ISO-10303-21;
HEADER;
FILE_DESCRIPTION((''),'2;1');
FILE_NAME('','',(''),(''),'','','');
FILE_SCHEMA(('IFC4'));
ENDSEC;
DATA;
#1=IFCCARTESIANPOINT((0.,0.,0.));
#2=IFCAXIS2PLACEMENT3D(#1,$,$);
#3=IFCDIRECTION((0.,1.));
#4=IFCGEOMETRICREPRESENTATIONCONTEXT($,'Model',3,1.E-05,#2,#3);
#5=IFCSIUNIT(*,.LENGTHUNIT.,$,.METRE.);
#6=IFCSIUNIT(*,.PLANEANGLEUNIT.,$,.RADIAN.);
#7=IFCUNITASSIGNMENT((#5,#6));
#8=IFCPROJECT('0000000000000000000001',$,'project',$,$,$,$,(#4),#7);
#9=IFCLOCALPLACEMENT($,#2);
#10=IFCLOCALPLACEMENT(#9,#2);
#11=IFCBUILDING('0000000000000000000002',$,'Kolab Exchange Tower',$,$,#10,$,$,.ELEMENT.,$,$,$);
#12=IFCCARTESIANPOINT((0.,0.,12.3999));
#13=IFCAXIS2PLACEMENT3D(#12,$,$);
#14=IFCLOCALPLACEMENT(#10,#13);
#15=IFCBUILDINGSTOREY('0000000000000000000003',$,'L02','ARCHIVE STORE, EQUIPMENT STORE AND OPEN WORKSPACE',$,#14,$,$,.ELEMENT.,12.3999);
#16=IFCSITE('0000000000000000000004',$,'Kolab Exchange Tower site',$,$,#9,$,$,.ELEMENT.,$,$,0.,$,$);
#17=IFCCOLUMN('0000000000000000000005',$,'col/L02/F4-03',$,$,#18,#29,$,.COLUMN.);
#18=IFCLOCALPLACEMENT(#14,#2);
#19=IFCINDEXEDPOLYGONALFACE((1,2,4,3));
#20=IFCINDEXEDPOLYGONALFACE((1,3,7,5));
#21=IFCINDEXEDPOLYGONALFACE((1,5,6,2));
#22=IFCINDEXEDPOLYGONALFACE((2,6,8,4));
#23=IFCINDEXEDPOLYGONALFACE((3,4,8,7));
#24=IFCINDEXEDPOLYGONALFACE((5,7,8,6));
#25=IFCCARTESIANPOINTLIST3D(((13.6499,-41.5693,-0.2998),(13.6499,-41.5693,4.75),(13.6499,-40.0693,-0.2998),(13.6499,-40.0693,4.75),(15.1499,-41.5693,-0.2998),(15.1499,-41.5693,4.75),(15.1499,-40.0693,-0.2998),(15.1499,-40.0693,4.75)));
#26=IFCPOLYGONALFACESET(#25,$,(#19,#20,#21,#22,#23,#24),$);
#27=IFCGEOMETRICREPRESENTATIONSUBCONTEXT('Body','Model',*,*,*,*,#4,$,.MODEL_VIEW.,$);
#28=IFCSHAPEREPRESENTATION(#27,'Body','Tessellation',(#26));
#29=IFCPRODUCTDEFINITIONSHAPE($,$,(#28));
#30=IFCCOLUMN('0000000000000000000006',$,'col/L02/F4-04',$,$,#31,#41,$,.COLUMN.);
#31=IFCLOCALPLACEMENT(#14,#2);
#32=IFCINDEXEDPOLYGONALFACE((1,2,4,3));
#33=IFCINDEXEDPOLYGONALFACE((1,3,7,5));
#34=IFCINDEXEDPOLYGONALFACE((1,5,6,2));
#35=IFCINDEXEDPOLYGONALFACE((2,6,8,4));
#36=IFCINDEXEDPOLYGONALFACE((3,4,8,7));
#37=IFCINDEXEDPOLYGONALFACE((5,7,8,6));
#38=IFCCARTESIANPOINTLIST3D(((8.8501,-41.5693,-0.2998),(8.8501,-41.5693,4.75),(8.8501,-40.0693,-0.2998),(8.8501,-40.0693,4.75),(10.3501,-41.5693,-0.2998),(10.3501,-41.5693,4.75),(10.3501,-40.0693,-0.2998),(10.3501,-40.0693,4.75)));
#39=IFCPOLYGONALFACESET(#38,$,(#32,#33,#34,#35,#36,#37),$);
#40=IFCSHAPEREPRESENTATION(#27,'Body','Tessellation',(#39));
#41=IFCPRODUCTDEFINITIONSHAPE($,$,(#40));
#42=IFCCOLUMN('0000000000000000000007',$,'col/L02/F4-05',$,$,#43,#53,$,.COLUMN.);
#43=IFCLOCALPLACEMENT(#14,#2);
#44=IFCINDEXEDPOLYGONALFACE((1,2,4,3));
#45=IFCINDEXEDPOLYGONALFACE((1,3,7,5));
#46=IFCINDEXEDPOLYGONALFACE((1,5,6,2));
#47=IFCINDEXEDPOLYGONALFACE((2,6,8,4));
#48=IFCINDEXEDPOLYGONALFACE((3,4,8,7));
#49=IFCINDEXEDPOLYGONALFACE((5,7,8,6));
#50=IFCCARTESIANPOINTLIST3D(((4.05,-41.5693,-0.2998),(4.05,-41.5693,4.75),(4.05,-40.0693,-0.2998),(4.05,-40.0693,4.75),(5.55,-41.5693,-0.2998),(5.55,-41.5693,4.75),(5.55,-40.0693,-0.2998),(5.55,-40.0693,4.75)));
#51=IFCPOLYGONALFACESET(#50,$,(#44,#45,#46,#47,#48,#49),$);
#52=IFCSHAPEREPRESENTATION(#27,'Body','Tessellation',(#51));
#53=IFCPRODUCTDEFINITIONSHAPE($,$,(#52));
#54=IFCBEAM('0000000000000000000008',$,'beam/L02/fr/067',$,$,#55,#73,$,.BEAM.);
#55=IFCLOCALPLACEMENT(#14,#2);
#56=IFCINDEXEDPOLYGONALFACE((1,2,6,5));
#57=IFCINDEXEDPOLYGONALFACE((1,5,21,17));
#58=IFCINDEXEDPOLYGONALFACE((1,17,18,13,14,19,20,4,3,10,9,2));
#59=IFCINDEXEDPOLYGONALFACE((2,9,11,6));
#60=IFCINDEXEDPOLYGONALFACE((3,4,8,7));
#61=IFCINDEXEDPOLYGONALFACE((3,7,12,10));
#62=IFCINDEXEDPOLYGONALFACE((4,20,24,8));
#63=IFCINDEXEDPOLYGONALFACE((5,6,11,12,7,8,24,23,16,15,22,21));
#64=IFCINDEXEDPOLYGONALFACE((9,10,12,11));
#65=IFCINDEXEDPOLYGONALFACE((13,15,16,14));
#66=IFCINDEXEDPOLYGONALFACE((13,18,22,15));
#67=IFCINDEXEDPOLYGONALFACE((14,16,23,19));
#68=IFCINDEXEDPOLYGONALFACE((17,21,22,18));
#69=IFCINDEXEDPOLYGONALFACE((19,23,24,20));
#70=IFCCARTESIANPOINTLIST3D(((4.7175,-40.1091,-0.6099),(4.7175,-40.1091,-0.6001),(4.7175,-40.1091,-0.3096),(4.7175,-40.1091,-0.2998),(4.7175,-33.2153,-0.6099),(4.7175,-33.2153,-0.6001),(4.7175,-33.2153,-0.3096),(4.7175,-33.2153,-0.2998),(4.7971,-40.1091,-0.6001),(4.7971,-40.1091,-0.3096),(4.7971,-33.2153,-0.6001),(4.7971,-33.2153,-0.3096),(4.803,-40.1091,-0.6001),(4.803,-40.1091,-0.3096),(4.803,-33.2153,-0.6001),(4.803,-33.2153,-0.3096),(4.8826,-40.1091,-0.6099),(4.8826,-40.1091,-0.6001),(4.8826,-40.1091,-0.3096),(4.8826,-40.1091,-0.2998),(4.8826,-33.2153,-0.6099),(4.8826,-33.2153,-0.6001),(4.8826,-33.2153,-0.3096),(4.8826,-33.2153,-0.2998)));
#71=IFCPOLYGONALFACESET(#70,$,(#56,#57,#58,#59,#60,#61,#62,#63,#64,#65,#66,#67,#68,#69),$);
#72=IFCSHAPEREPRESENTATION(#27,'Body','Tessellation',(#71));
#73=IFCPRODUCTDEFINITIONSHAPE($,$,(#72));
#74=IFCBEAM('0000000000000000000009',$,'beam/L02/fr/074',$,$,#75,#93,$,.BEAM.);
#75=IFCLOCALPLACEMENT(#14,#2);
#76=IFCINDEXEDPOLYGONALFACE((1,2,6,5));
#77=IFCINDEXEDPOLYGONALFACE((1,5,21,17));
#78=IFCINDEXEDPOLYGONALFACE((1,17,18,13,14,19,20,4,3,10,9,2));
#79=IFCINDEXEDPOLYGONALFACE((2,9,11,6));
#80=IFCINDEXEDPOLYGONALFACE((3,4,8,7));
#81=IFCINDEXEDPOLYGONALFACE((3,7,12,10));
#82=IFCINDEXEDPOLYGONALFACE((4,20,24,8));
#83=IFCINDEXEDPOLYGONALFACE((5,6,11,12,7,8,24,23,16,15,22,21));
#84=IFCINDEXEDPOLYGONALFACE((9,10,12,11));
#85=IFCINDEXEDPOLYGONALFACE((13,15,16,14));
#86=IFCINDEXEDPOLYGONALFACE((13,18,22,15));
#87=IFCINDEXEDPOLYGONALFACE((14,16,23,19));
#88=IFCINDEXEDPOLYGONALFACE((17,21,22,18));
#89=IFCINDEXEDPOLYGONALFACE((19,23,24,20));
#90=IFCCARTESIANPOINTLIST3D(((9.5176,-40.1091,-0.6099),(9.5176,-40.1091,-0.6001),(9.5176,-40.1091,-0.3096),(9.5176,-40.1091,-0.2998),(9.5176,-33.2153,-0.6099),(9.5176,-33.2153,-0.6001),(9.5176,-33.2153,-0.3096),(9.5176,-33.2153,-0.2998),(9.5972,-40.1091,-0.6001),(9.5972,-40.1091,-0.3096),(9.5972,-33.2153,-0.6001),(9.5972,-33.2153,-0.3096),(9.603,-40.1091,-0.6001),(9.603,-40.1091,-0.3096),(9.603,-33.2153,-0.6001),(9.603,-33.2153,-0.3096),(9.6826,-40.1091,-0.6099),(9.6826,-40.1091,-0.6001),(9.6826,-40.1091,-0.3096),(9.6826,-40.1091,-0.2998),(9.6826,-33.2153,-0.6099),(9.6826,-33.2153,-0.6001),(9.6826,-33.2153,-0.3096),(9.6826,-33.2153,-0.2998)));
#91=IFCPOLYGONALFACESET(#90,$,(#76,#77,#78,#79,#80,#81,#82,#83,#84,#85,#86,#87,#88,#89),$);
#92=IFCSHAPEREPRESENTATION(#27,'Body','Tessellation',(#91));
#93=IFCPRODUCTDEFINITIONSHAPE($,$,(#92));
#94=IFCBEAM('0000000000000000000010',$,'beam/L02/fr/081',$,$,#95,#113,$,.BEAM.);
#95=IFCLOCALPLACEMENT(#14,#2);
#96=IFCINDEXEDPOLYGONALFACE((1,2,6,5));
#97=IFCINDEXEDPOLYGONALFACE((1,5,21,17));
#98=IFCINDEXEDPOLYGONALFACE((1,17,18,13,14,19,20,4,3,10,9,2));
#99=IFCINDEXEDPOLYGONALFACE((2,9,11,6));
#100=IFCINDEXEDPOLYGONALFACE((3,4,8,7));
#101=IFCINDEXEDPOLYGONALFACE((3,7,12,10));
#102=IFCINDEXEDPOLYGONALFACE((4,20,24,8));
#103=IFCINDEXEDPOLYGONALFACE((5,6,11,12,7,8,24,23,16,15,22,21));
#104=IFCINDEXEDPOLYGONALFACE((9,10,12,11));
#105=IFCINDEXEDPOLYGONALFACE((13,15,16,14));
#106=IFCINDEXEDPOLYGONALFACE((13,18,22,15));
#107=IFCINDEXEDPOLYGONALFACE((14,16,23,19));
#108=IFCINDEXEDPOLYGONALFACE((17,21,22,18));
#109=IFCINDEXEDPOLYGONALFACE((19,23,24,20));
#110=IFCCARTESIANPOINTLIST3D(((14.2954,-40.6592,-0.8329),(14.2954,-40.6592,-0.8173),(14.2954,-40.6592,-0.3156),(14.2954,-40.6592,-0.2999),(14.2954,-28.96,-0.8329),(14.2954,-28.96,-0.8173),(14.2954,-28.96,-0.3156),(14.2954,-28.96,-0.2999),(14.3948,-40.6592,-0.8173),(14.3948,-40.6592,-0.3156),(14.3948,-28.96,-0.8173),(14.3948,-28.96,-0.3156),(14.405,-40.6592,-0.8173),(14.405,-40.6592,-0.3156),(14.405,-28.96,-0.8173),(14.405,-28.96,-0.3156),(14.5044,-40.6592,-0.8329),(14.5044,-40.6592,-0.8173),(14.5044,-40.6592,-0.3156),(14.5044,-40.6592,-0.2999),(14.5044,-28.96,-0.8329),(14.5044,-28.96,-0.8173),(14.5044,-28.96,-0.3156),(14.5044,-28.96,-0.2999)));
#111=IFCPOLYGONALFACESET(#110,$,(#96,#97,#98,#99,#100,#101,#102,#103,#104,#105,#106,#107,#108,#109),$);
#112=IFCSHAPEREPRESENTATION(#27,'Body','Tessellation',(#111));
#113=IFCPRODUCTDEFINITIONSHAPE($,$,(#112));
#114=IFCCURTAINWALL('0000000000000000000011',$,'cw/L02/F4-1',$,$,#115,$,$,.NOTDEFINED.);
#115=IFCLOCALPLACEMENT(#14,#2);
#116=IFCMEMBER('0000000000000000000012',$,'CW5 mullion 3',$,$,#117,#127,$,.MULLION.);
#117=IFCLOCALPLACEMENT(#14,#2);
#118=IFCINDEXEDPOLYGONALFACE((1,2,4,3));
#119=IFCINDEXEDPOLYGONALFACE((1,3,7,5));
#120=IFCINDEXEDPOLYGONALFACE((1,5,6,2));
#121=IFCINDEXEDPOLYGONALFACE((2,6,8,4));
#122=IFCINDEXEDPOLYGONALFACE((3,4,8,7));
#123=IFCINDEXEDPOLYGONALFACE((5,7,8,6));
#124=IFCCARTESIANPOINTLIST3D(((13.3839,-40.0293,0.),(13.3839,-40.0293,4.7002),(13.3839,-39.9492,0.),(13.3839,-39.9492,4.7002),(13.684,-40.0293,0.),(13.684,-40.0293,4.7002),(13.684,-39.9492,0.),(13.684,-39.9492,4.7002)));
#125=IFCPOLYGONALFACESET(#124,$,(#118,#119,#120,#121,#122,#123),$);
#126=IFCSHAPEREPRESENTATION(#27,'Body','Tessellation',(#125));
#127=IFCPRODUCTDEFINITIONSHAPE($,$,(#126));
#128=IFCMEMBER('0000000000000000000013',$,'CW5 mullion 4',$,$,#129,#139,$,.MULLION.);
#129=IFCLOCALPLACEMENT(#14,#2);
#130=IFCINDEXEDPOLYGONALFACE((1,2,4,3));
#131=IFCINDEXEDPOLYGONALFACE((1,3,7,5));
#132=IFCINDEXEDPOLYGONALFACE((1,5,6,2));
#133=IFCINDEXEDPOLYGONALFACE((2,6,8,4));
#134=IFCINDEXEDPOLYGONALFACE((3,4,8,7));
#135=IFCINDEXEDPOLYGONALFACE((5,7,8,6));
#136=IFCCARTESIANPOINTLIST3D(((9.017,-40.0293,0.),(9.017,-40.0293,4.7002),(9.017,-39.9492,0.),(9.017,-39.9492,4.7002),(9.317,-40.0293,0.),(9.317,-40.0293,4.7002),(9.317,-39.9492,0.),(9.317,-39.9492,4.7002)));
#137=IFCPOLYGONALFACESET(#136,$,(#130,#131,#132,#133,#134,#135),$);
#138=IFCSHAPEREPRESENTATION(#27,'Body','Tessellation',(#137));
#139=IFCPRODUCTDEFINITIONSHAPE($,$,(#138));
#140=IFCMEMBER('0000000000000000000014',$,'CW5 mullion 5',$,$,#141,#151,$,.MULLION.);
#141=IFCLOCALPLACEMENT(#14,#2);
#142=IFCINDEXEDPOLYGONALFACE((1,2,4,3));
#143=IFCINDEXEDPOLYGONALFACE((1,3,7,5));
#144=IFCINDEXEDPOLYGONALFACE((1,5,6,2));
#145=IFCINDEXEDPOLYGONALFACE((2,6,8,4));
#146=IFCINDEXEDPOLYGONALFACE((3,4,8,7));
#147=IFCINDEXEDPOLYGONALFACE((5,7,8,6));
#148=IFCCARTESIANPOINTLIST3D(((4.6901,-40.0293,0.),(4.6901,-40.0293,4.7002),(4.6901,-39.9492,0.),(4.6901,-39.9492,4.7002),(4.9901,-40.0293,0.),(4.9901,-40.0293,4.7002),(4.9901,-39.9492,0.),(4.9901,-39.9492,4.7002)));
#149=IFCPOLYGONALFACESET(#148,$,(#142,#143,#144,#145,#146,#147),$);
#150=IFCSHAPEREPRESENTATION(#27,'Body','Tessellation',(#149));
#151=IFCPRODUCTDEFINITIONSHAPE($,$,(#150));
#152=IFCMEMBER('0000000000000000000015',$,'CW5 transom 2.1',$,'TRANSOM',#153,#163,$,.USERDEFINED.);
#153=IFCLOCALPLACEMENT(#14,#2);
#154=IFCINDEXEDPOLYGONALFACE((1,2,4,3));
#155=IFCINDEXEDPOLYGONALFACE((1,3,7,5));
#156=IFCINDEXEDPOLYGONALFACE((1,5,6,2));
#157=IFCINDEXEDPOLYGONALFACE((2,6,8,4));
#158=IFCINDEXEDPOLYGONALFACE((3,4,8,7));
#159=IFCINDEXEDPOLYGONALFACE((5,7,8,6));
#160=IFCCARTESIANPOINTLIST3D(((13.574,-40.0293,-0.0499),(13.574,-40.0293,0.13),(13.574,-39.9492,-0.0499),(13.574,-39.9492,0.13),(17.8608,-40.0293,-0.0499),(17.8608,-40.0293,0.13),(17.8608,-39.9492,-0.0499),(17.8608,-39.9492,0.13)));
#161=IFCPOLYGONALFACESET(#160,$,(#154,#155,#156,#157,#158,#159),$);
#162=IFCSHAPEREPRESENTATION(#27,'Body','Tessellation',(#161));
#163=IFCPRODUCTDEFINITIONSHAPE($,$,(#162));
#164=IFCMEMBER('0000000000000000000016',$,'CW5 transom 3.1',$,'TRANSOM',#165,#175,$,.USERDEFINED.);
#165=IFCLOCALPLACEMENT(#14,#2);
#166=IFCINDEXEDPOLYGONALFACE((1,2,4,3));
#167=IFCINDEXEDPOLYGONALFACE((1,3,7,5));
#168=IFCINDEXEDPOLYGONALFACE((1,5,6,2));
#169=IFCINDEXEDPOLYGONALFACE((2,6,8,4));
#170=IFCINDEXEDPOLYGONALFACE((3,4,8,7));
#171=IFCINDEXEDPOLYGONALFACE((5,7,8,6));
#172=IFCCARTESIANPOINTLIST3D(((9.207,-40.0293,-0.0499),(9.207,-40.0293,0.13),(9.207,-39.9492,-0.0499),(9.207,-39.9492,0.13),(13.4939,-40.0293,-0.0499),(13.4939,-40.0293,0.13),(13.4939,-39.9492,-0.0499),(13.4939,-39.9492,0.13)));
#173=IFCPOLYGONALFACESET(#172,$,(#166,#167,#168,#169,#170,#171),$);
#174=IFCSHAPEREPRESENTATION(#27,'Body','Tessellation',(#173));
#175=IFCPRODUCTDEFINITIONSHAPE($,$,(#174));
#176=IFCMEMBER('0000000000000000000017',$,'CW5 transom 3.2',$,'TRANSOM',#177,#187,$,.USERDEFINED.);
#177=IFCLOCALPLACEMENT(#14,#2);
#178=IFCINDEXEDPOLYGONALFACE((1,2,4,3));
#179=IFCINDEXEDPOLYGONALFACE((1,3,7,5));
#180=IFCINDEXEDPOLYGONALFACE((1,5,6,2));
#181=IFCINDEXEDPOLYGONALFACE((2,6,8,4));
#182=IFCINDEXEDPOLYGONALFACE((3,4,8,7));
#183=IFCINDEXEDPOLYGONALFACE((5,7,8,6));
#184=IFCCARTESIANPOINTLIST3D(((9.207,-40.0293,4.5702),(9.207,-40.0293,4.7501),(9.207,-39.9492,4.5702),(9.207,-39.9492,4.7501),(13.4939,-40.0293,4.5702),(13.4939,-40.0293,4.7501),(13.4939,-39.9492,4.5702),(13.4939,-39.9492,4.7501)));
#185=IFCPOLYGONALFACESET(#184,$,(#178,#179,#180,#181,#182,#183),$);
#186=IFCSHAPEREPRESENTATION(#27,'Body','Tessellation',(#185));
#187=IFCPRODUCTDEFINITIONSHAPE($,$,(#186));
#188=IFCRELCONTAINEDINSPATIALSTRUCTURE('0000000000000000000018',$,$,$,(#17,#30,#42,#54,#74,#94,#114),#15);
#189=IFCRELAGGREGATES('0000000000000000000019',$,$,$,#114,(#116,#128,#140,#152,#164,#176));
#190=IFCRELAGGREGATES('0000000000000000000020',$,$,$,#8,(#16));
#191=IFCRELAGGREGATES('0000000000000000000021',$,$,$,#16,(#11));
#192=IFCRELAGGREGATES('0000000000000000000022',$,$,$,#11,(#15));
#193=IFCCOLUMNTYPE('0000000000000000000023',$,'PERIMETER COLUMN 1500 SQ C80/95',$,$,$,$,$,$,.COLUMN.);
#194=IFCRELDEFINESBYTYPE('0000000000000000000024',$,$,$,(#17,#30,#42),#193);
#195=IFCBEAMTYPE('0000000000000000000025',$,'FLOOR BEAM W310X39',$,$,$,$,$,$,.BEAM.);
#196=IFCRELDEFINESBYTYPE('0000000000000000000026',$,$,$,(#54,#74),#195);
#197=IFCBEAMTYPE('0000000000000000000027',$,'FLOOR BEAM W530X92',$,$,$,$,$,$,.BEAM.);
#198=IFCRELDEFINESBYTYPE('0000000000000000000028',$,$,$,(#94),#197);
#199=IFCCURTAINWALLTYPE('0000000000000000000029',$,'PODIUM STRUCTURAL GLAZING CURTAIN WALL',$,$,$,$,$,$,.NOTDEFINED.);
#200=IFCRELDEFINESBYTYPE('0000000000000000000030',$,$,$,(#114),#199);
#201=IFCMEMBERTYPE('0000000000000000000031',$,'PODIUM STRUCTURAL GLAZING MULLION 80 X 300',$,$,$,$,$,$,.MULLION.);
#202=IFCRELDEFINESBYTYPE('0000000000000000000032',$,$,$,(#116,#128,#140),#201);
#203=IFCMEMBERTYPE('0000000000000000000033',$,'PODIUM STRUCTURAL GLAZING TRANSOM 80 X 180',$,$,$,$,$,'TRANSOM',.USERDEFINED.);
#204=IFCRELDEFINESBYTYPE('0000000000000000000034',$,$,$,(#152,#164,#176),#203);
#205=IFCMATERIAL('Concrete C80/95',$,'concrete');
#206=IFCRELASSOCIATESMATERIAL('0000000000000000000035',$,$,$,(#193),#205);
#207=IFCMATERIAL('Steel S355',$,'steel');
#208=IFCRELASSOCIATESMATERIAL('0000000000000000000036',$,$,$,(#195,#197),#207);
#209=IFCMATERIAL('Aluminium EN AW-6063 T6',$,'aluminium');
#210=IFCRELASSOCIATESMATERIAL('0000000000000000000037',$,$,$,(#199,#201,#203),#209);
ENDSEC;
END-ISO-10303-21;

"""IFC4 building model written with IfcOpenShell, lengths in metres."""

from ifc_helpers import new_model, si_unit, direction, frame, origin, origin_2d, place, context, subcontext, project, spatial, rectangle, i_section, extrude, material, material_profile, profile_set, type_object, element, aggregate, save


model = new_model("IFC4")

# Units and contexts
model_context = context("Model", 3, precision=1e-05, world=origin(), true_north=direction((0.0, 1.0)))
body_context = subcontext(model_context, "Body", "Model", "MODEL_VIEW")
ifc_project = project(units=[si_unit("LENGTHUNIT", "METRE"), si_unit("PLANEANGLEUNIT", "RADIAN")], contexts=[model_context])

# Site, building, storey
site_placement = place(None, origin())
site = spatial("IfcSite", under=ifc_project, at=site_placement, Name="Kolab Exchange Tower site", CompositionType="ELEMENT", RefElevation=0.0)
building_placement = place(site_placement, origin())
building = spatial("IfcBuilding", under=site, at=building_placement, Name="Kolab Exchange Tower", CompositionType="ELEMENT")
storey_placement = place(building_placement, frame((0.0, 0.0, 12.3999)))
storey = spatial("IfcBuildingStorey", under=building, at=storey_placement, Name="L02", Description="ARCHIVE STORE, EQUIPMENT STORE AND OPEN WORKSPACE", CompositionType="ELEMENT", Elevation=12.3999)

# Columns
ifc_material_1 = material(Name="Concrete C80/95", Category="concrete")
ifc_material_profile_1 = material_profile(ifc_material_1, rectangle(XDim=1.5, YDim=1.5, at=origin_2d()), Name="RC1500")
ifc_profile_set_1 = profile_set([ifc_material_profile_1], Name="Concrete C80/95")
column_type = type_object("IfcColumnType", Name="PERIMETER COLUMN 1500 SQ C80/95", PredefinedType="COLUMN", material=ifc_profile_set_1)
for number, where, z_axis, x_axis, name in (
    (1, (14.3999, -40.8193, -0.2998), (0.0, 0.0, 1.0), (1.0, 0.0, 0.0), "col/L02/F4-03"),
    (2, (9.6001, -40.8193, -0.2998), (0.0, 0.0, 1.0), (1.0, 0.0, 0.0), "col/L02/F4-04"),
    (3, (4.8, -40.8193, -0.2998), (0.0, 0.0, 1.0), (1.0, 0.0, 0.0), "col/L02/F4-05"),
):
    element("IfcColumn", number, at=place(storey_placement, frame(where, z_axis=z_axis, x_axis=x_axis)), inside=storey, type_object=column_type, Name=name, PredefinedType="COLUMN", context=body_context, shape_type="SweptSolid", body=[
        extrude(rectangle(XDim=1.5, YDim=1.5, at=origin_2d()), origin(), (0.0, 0.0, 1.0), 5.0498),
    ])

# Beams
ifc_material_2 = material(Name="Steel S355", Category="steel")
ifc_material_profile_2 = material_profile(ifc_material_2, i_section(OverallWidth=0.165, OverallDepth=0.3101, WebThickness=0.0059, FlangeThickness=0.0098, at=origin_2d()), Name="W310X39")
ifc_profile_set_2 = profile_set([ifc_material_profile_2], Name="Steel S355")
beam_type_1 = type_object("IfcBeamType", Name="FLOOR BEAM W310X39", PredefinedType="BEAM", material=ifc_profile_set_2)
for number, where, z_axis, x_axis, name in (
    (4, (4.8, -40.1091, -0.4548), (0.0, 1.0, 0.0), (-1.0, 0.0, 0.0), "beam/L02/fr/067"),
    (5, (9.6001, -40.1091, -0.4548), (0.0, 1.0, 0.0), (-1.0, 0.0, 0.0), "beam/L02/fr/074"),
):
    element("IfcBeam", number, at=place(storey_placement, frame(where, z_axis=z_axis, x_axis=x_axis)), inside=storey, type_object=beam_type_1, Name=name, PredefinedType="BEAM", context=body_context, shape_type="SweptSolid", body=[
        extrude(i_section(OverallWidth=0.165, OverallDepth=0.3101, WebThickness=0.0059, FlangeThickness=0.0098, at=origin_2d()), origin(), (0.0, 0.0, 1.0), 6.8938),
    ])
ifc_material_profile_3 = material_profile(ifc_material_2, i_section(OverallWidth=0.209, OverallDepth=0.533, WebThickness=0.0103, FlangeThickness=0.0156, at=origin_2d()), Name="W530X92")
ifc_profile_set_3 = profile_set([ifc_material_profile_3], Name="Steel S355")
beam_type_2 = type_object("IfcBeamType", Name="FLOOR BEAM W530X92", PredefinedType="BEAM", material=ifc_profile_set_3)
beam_placement = place(storey_placement, frame((14.3999, -40.6592, -0.5664), z_axis=(0.0, 1.0, 0.0), x_axis=(-1.0, 0.0, 0.0)))
element("IfcBeam", 6, at=beam_placement, inside=storey, type_object=beam_type_2, Name="beam/L02/fr/081", PredefinedType="BEAM", context=body_context, shape_type="SweptSolid", body=[
    extrude(i_section(OverallWidth=0.209, OverallDepth=0.533, WebThickness=0.0103, FlangeThickness=0.0156, at=origin_2d()), origin(), (0.0, 0.0, 1.0), 11.6992),
])

# Curtain wall, members
ifc_material_3 = material(Name="Aluminium EN AW-6063 T6", Category="aluminium")
curtain_wall_type = type_object("IfcCurtainWallType", Name="PODIUM STRUCTURAL GLAZING CURTAIN WALL", PredefinedType="NOTDEFINED", material=ifc_material_3)
curtain_wall_placement = place(storey_placement, origin())
curtain_wall = element("IfcCurtainWall", 7, at=curtain_wall_placement, inside=storey, type_object=curtain_wall_type, Name="cw/L02/F4-1", PredefinedType="NOTDEFINED")
ifc_material_profile_4 = material_profile(ifc_material_3, rectangle(XDim=0.0801, YDim=0.3, at=origin_2d()), Name="RECT 80X300")
ifc_profile_set_4 = profile_set([ifc_material_profile_4], Name="Aluminium EN AW-6063 T6")
member_type_1 = type_object("IfcMemberType", Name="PODIUM STRUCTURAL GLAZING MULLION 80 X 300", PredefinedType="MULLION", material=ifc_profile_set_4)
member_1_placement = place(storey_placement, frame((13.5339, -39.9893, 0.0), z_axis=(0.0, 0.0, 1.0), x_axis=(0.0, -1.0, 0.0)))
member_1 = element("IfcMember", 8, at=member_1_placement, type_object=member_type_1, Name="CW5 mullion 3", PredefinedType="MULLION", context=body_context, shape_type="SweptSolid", body=[
    extrude(rectangle(XDim=0.0801, YDim=0.3, at=origin_2d()), origin(), (0.0, 0.0, 1.0), 4.7002),
])
member_2_placement = place(storey_placement, frame((9.167, -39.9893, 0.0), z_axis=(0.0, 0.0, 1.0), x_axis=(0.0, -1.0, 0.0)))
member_2 = element("IfcMember", 9, at=member_2_placement, type_object=member_type_1, Name="CW5 mullion 4", PredefinedType="MULLION", context=body_context, shape_type="SweptSolid", body=[
    extrude(rectangle(XDim=0.0801, YDim=0.3, at=origin_2d()), origin(), (0.0, 0.0, 1.0), 4.7002),
])
member_3_placement = place(storey_placement, frame((4.8401, -39.9893, 0.0), z_axis=(0.0, 0.0, 1.0), x_axis=(0.0, -1.0, 0.0)))
member_3 = element("IfcMember", 10, at=member_3_placement, type_object=member_type_1, Name="CW5 mullion 5", PredefinedType="MULLION", context=body_context, shape_type="SweptSolid", body=[
    extrude(rectangle(XDim=0.0801, YDim=0.3, at=origin_2d()), origin(), (0.0, 0.0, 1.0), 4.7002),
])
ifc_material_profile_5 = material_profile(ifc_material_3, rectangle(XDim=0.0801, YDim=0.1799, at=origin_2d()), Name="RECT 80X180")
ifc_profile_set_5 = profile_set([ifc_material_profile_5], Name="Aluminium EN AW-6063 T6")
member_type_2 = type_object("IfcMemberType", Name="PODIUM STRUCTURAL GLAZING TRANSOM 80 X 180", ElementType="TRANSOM", PredefinedType="USERDEFINED", material=ifc_profile_set_5)
member_4_placement = place(storey_placement, frame((17.8608, -39.9893, 0.04), z_axis=(-1.0, 0.0, 0.0), x_axis=(0.0, -1.0, 0.0)))
member_4 = element("IfcMember", 11, at=member_4_placement, type_object=member_type_2, Name="CW5 transom 2.1", ObjectType="TRANSOM", PredefinedType="USERDEFINED", context=body_context, shape_type="SweptSolid", body=[
    extrude(rectangle(XDim=0.0801, YDim=0.1799, at=origin_2d()), origin(), (0.0, 0.0, 1.0), 4.2869),
])
member_5_placement = place(storey_placement, frame((13.4939, -39.9893, 0.04), z_axis=(-1.0, 0.0, 0.0), x_axis=(0.0, -1.0, 0.0)))
member_5 = element("IfcMember", 12, at=member_5_placement, type_object=member_type_2, Name="CW5 transom 3.1", ObjectType="TRANSOM", PredefinedType="USERDEFINED", context=body_context, shape_type="SweptSolid", body=[
    extrude(rectangle(XDim=0.0801, YDim=0.1799, at=origin_2d()), origin(), (0.0, 0.0, 1.0), 4.2869),
])
member_6_placement = place(storey_placement, frame((13.4939, -39.9893, 4.6602), z_axis=(-1.0, 0.0, 0.0), x_axis=(0.0, -1.0, 0.0)))
member_6 = element("IfcMember", 13, at=member_6_placement, type_object=member_type_2, Name="CW5 transom 3.2", ObjectType="TRANSOM", PredefinedType="USERDEFINED", context=body_context, shape_type="SweptSolid", body=[
    extrude(rectangle(XDim=0.0801, YDim=0.1799, at=origin_2d()), origin(), (0.0, 0.0, 1.0), 4.2869),
])
aggregate(curtain_wall, [member_1, member_2, member_3, member_4, member_5, member_6])

save(model, "model.ifc")
